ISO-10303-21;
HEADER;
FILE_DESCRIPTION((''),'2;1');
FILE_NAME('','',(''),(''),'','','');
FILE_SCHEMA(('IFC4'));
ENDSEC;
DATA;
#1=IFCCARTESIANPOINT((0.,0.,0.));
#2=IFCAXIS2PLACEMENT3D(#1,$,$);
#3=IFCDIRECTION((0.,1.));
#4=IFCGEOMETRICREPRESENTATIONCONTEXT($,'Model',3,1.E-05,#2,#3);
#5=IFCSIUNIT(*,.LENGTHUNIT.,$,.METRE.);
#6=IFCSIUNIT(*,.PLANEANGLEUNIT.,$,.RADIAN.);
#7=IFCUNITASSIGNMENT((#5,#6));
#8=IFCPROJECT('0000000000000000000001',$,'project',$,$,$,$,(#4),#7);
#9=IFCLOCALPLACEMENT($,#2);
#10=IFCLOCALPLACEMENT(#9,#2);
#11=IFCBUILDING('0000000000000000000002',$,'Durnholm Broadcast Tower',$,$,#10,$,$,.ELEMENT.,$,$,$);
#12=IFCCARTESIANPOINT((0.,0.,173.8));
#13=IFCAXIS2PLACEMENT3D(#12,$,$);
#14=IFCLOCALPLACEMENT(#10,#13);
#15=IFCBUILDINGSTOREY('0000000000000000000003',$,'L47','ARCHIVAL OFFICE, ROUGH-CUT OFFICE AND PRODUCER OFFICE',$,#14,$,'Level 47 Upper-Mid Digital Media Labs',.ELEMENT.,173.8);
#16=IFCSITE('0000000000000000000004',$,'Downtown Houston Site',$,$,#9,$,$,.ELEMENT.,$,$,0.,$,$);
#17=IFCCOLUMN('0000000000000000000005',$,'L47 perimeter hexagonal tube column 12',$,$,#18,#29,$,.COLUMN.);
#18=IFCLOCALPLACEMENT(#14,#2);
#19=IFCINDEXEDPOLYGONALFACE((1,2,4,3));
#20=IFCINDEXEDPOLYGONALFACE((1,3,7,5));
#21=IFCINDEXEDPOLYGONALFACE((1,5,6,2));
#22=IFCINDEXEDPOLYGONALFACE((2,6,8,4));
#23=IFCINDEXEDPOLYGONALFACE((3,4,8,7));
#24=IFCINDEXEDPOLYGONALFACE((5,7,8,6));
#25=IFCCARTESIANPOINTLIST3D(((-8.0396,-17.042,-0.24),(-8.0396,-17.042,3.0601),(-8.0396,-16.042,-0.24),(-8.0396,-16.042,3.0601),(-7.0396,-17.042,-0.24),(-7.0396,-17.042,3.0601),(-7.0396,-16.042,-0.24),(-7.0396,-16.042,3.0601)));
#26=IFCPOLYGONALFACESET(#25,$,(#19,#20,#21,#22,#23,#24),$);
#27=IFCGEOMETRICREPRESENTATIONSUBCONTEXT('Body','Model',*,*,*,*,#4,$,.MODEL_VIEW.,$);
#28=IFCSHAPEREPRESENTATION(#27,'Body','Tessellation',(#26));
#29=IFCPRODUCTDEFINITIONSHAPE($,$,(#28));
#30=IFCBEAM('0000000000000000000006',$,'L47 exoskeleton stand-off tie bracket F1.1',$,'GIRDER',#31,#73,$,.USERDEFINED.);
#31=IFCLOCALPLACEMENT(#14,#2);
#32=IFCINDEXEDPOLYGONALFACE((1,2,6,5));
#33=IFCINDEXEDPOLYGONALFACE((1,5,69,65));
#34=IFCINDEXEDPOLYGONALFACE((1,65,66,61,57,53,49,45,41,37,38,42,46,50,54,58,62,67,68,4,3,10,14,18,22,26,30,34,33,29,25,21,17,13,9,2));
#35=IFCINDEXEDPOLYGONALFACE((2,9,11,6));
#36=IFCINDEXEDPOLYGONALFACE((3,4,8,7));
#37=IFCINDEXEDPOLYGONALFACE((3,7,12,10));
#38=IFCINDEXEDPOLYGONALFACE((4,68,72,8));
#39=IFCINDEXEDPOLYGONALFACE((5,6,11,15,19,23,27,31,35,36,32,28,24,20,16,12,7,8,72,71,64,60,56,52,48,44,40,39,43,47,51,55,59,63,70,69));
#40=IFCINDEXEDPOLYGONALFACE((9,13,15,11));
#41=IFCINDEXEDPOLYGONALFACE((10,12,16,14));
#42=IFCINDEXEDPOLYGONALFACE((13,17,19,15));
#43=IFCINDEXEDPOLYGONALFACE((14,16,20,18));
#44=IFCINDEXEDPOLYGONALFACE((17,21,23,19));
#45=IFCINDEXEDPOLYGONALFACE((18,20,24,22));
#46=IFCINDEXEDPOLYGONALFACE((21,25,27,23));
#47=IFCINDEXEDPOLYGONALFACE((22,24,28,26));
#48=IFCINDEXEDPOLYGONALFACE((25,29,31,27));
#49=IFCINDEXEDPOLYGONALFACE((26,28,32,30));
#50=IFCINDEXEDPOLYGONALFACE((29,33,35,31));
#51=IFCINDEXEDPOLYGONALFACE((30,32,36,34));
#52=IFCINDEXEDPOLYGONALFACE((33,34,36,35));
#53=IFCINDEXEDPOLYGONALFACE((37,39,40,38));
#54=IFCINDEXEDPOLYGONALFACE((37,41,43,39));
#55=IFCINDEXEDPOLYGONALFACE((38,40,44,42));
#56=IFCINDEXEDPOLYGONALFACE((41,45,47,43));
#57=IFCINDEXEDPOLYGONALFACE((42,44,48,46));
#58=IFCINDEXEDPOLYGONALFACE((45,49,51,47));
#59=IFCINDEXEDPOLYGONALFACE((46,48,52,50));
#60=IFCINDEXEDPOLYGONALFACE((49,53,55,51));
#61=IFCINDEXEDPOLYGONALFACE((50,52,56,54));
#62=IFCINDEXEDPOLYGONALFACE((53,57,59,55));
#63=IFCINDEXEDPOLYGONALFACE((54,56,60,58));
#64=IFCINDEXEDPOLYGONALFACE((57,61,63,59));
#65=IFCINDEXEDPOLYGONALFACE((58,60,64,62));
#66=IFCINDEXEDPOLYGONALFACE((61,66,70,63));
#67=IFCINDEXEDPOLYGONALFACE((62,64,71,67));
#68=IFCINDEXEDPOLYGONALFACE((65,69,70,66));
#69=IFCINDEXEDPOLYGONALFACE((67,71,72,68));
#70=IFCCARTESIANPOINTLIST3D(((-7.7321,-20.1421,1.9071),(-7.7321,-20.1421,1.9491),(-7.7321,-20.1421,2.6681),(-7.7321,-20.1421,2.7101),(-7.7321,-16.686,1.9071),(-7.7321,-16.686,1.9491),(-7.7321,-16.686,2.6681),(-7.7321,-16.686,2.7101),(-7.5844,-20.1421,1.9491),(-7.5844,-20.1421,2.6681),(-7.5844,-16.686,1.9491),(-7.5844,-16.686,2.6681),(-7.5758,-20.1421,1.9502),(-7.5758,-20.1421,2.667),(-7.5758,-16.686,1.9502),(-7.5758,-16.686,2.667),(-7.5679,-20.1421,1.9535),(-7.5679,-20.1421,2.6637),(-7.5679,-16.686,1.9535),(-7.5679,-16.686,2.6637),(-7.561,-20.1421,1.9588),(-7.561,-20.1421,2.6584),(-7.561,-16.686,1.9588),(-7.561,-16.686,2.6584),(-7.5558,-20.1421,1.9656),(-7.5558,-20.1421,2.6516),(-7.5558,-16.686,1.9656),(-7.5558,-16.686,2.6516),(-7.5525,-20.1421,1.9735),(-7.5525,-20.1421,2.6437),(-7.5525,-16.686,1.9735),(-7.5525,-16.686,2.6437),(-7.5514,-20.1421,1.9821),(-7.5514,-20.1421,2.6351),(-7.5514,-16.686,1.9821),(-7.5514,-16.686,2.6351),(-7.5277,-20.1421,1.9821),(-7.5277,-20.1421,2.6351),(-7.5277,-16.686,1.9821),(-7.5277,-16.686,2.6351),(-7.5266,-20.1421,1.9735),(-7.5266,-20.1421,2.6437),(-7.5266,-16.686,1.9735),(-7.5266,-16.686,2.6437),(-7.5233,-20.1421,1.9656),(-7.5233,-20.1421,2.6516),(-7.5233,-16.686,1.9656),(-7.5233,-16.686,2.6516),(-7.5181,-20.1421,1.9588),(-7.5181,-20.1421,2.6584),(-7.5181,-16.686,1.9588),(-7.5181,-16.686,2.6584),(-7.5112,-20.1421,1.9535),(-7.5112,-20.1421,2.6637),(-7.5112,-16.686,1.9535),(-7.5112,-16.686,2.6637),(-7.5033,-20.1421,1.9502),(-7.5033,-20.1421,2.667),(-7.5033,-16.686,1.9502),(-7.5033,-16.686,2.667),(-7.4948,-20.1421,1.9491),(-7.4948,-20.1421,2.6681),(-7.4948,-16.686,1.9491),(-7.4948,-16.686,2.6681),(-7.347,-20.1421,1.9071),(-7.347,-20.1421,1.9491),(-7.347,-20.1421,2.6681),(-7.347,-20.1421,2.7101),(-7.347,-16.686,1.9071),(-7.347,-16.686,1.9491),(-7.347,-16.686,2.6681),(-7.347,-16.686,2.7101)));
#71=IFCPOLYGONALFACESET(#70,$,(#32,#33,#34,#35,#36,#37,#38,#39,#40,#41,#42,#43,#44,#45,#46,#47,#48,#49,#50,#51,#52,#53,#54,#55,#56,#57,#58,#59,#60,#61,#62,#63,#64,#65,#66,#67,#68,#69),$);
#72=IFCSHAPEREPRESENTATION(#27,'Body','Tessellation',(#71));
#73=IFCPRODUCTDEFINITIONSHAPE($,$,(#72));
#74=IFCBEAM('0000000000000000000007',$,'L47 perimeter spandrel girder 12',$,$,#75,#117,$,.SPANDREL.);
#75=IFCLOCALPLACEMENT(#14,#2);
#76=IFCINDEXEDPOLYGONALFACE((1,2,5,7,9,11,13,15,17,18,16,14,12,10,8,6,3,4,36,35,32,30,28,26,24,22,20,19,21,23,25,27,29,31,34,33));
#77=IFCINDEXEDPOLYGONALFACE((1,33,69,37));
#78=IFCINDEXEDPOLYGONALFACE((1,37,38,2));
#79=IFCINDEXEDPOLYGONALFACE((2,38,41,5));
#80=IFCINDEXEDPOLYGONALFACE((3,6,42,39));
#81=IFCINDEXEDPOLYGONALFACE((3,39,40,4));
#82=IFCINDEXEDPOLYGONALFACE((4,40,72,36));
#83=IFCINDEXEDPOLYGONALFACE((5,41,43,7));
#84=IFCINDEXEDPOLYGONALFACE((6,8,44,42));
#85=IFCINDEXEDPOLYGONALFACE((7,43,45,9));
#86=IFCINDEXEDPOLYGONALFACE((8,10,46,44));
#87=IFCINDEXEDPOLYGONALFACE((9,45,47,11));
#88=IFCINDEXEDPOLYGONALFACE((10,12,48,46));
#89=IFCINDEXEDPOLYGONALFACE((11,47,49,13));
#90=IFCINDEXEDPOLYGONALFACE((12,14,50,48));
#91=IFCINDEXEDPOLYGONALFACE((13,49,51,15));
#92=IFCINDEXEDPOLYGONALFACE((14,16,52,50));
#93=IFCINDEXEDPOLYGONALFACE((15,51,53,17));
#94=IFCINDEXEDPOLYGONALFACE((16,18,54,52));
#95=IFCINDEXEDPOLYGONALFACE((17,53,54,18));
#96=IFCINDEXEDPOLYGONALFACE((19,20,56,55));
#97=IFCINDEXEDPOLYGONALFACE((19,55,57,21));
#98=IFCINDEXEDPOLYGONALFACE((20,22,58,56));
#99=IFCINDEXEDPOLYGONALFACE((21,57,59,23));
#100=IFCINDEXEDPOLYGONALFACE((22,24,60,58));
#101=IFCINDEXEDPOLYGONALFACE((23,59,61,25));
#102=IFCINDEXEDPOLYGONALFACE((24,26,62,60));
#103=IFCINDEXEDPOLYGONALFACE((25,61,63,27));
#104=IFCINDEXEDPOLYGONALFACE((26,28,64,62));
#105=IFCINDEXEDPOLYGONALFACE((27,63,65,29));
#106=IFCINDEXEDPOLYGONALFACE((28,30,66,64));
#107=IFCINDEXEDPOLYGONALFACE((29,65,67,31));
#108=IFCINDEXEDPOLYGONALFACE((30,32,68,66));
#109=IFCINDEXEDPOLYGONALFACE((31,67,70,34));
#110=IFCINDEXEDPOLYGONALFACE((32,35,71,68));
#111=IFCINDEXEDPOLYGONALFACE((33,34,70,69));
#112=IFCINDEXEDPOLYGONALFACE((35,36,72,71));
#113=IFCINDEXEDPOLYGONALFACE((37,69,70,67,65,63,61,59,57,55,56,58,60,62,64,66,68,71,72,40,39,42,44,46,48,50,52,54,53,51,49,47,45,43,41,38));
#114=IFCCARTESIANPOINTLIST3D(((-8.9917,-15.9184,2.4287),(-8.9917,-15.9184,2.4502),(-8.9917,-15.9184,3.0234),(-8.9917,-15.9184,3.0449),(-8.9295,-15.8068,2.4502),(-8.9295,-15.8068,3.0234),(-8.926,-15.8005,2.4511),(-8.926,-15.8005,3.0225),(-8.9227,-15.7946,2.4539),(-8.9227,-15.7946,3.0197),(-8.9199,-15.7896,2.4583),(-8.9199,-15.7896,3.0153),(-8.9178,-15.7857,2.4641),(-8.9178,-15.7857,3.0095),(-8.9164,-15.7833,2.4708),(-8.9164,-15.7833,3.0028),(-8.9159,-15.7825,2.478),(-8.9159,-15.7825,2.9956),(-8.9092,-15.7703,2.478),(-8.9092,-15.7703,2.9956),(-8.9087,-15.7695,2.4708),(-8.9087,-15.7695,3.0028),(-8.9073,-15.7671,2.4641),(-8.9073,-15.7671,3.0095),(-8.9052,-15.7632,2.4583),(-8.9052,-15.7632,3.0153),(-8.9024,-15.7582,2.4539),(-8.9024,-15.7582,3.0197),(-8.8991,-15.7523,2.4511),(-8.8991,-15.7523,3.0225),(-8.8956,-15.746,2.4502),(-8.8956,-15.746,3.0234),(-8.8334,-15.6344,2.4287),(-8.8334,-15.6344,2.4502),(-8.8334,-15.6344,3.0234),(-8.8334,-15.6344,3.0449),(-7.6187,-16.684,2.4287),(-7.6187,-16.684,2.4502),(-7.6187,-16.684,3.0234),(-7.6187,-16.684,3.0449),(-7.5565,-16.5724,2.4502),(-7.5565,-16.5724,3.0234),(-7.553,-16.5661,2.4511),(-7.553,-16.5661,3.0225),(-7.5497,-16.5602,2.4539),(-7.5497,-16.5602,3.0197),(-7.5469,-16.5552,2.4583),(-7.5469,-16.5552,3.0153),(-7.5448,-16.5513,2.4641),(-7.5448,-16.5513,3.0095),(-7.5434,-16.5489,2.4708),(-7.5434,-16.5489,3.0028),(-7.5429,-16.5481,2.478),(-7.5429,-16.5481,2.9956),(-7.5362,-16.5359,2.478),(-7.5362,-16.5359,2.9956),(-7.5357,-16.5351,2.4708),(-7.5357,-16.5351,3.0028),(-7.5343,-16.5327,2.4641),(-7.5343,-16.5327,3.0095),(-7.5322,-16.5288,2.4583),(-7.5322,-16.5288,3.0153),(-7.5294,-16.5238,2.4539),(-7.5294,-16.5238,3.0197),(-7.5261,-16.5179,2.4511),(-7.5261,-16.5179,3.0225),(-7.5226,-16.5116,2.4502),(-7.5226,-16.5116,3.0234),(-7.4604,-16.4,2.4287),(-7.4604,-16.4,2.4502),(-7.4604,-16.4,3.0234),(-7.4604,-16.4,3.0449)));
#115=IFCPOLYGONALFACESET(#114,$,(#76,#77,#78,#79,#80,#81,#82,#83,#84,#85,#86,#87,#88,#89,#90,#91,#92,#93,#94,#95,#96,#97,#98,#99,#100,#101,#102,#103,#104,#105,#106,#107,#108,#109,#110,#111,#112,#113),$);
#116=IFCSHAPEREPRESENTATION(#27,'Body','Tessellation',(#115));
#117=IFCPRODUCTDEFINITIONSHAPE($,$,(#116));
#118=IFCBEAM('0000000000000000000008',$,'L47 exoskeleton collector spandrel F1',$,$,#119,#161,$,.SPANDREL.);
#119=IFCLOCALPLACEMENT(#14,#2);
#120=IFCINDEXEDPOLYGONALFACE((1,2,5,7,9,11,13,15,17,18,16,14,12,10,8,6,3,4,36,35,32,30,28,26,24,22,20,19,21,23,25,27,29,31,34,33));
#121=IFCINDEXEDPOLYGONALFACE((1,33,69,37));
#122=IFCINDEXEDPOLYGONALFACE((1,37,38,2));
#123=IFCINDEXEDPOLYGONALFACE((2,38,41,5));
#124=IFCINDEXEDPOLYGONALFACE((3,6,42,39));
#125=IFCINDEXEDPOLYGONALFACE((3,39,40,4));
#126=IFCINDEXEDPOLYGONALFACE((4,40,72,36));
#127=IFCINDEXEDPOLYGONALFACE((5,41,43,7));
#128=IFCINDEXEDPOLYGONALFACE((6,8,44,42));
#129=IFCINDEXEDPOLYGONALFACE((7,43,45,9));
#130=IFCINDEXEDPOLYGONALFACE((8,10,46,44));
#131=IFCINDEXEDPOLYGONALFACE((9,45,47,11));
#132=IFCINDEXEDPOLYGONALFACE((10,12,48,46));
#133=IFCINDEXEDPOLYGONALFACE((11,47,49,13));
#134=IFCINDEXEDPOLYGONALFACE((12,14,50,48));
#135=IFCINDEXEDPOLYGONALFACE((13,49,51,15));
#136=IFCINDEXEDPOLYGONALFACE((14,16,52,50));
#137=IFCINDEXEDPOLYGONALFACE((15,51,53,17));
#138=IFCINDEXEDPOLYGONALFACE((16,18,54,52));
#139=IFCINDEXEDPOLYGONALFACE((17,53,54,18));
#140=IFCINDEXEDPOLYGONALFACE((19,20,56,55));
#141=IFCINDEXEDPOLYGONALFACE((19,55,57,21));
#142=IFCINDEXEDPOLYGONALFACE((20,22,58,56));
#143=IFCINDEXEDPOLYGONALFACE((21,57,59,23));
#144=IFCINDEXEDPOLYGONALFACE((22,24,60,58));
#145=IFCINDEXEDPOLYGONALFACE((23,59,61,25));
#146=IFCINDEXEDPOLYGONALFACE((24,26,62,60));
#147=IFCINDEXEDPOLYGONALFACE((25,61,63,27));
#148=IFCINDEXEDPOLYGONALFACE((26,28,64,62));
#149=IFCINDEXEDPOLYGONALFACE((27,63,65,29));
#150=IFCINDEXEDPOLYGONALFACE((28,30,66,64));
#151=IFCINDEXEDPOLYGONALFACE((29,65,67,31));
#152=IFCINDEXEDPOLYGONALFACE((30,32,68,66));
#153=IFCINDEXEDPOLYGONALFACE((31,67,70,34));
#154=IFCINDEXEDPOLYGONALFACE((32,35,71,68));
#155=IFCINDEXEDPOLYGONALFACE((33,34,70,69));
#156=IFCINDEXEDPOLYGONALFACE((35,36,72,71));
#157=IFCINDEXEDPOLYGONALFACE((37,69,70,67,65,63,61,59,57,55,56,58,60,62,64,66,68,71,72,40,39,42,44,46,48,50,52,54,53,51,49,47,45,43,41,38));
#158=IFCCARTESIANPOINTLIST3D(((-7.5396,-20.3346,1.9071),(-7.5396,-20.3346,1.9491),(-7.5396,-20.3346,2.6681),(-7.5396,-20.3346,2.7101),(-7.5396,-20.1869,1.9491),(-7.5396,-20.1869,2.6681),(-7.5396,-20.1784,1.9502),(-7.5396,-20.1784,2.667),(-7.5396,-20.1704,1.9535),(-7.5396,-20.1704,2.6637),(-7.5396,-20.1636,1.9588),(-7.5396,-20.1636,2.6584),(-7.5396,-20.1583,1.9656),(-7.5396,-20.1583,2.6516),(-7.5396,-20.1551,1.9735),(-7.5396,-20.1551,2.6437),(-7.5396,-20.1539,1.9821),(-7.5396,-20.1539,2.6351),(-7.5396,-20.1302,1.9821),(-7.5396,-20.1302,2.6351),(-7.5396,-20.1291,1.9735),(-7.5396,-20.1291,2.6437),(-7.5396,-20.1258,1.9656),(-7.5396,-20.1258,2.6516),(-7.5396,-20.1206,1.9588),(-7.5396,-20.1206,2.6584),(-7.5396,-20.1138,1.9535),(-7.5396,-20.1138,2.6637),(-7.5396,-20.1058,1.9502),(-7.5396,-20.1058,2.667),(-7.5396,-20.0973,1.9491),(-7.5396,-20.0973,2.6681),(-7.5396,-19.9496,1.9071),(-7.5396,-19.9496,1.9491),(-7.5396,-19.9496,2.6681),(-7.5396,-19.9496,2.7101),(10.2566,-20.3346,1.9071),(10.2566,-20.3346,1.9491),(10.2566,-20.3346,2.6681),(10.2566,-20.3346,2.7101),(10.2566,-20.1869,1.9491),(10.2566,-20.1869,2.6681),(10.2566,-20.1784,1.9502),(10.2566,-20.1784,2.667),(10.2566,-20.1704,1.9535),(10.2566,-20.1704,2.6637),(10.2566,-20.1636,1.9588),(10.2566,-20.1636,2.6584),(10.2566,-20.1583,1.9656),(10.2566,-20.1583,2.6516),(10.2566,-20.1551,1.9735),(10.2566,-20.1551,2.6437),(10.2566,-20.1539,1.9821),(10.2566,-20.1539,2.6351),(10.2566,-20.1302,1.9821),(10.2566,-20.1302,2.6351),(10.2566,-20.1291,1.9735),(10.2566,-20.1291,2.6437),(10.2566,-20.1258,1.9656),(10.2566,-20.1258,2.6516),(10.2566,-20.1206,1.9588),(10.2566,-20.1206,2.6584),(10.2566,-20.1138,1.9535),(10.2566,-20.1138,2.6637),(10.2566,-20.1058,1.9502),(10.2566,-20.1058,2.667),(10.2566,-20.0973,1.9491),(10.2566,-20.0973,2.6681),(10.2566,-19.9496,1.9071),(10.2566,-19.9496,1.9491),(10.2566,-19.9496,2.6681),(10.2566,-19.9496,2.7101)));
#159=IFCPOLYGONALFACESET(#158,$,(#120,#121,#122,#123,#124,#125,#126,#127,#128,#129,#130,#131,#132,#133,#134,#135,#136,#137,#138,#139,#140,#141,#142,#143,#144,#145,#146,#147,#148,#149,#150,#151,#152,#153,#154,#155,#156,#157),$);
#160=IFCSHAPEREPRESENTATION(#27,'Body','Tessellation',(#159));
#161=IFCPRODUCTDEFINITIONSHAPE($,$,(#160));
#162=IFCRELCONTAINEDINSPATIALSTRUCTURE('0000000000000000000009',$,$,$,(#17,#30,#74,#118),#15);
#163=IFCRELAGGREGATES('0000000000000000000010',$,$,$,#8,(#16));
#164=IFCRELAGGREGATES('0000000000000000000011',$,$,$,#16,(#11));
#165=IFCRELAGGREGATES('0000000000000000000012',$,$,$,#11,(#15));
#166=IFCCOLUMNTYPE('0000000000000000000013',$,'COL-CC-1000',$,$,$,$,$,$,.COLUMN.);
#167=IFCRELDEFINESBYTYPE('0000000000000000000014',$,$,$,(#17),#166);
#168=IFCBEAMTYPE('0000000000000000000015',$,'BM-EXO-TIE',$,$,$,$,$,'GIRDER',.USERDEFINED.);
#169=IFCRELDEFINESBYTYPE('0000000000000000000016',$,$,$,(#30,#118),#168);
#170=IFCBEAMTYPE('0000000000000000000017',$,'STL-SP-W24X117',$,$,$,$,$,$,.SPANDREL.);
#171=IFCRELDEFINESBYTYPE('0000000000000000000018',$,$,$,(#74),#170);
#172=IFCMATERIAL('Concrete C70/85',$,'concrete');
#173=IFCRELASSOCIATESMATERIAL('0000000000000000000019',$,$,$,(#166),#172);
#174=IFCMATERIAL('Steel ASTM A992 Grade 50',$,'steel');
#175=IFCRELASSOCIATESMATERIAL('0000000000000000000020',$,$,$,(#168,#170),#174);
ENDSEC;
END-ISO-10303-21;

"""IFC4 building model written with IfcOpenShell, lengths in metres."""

from ifc_helpers import new_model, si_unit, direction, frame, origin, origin_2d, place, context, subcontext, project, spatial, rectangle, i_section, extrude, source, transform, mapped, material, material_profile, profile_set, type_object, type_shapes, element, save


model = new_model("IFC4")

# Units and contexts
model_context = context("Model", 3, precision=1e-05, world=origin(), true_north=direction((0.0, 1.0)))
body_context = subcontext(model_context, "Body", "Model", "MODEL_VIEW")
ifc_project = project(units=[si_unit("LENGTHUNIT", "METRE"), si_unit("PLANEANGLEUNIT", "RADIAN")], contexts=[model_context])

# Site, building, storey
site_placement = place(None, origin())
site = spatial("IfcSite", under=ifc_project, at=site_placement, Name="Downtown Houston Site", CompositionType="ELEMENT", RefElevation=0.0)
building_placement = place(site_placement, origin())
building = spatial("IfcBuilding", under=site, at=building_placement, Name="Durnholm Broadcast Tower", CompositionType="ELEMENT")
storey_placement = place(building_placement, frame((0.0, 0.0, 173.8)))
storey = spatial("IfcBuildingStorey", under=building, at=storey_placement, Name="L47", Description="ARCHIVAL OFFICE, ROUGH-CUT OFFICE AND PRODUCER OFFICE", LongName="Level 47 Upper-Mid Digital Media Labs", CompositionType="ELEMENT", Elevation=173.8)

# Column
ifc_material_1 = material(Name="Concrete C70/85", Category="concrete")
ifc_material_profile_1 = material_profile(ifc_material_1, rectangle(XDim=1.0, YDim=1.0, at=origin_2d()), Name="RC1000X1000")
ifc_profile_set_1 = profile_set([ifc_material_profile_1], Name="Concrete C70/85")
column_type = type_object("IfcColumnType", Name="COL-CC-1000", PredefinedType="COLUMN", material=ifc_profile_set_1)
shared_shape_1 = source(origin(), body_context, "Body", "SweptSolid", [
    extrude(rectangle(XDim=1.0, YDim=1.0, at=origin_2d()), origin(), (0.0, 0.0, 1.0), 3.3),
])
type_shapes(column_type, [shared_shape_1])
column_placement = place(storey_placement, frame((-7.5396, -16.542, -0.24), z_axis=(0.0, 0.0, 1.0), x_axis=(1.0, 0.0, 0.0)))
element("IfcColumn", 1, at=column_placement, inside=storey, type_object=column_type, Name="L47 perimeter hexagonal tube column 12", PredefinedType="COLUMN", context=body_context, shape_type="MappedRepresentation", body=[
    mapped(shared_shape_1, transform((0.0, 0.0, 0.0), x_axis=(1.0, 0.0, 0.0), y_axis=(0.0, 1.0, 0.0), z_axis=(0.0, 0.0, 1.0), scale=1.0)),
])

# Beams
ifc_material_2 = material(Name="Steel ASTM A992 Grade 50", Category="steel")
ifc_material_profile_2 = material_profile(ifc_material_2, i_section(OverallWidth=0.385, OverallDepth=0.803, WebThickness=0.0237, FlangeThickness=0.042, FilletRadius=0.033, at=origin_2d()), Name="W30X261")
ifc_profile_set_2 = profile_set([ifc_material_profile_2], Name="Steel ASTM A992 Grade 50")
beam_type_1 = type_object("IfcBeamType", Name="BM-EXO-TIE", ElementType="GIRDER", PredefinedType="USERDEFINED", material=ifc_profile_set_2)
shared_shape_2 = source(origin(), body_context, "Body", "SweptSolid", [
    extrude(i_section(OverallWidth=0.385, OverallDepth=0.803, WebThickness=0.0237, FlangeThickness=0.042, FilletRadius=0.033, at=origin_2d()), origin(), (0.0, 0.0, 1.0), 3.4561),
])
beam_1_placement = place(storey_placement, frame((-7.5396, -16.686, 2.3086), z_axis=(0.0, -1.0, 0.0), x_axis=(1.0, 0.0, 0.0)))
element("IfcBeam", 2, at=beam_1_placement, inside=storey, type_object=beam_type_1, Name="L47 exoskeleton stand-off tie bracket F1.1", ObjectType="GIRDER", PredefinedType="USERDEFINED", context=body_context, shape_type="MappedRepresentation", body=[
    mapped(shared_shape_2, transform((0.0, 0.0, 0.0), x_axis=(1.0, 0.0, 0.0), y_axis=(0.0, 1.0, 0.0), z_axis=(0.0, 0.0, 1.0), scale=1.0)),
])
ifc_material_profile_3 = material_profile(ifc_material_2, i_section(OverallWidth=0.3252, OverallDepth=0.6162, WebThickness=0.0139, FlangeThickness=0.0215, FilletRadius=0.0278, at=origin_2d()), Name="W24X117")
ifc_profile_set_3 = profile_set([ifc_material_profile_3], Name="Steel ASTM A992 Grade 50")
beam_type_2 = type_object("IfcBeamType", Name="STL-SP-W24X117", PredefinedType="SPANDREL", material=ifc_profile_set_3)
shared_shape_3 = source(origin(), body_context, "Body", "SweptSolid", [
    extrude(i_section(OverallWidth=0.3252, OverallDepth=0.6162, WebThickness=0.0139, FlangeThickness=0.0215, FilletRadius=0.0278, at=origin_2d()), origin(), (0.0, 0.0, 1.0), 1.572),
])
type_shapes(beam_type_2, [shared_shape_3])
beam_2_placement = place(storey_placement, frame((-7.5396, -16.542, 2.7368), z_axis=(-0.873394, 0.487014, 0.0), x_axis=(-0.487014, -0.873394, 0.0)))
element("IfcBeam", 3, at=beam_2_placement, inside=storey, type_object=beam_type_2, Name="L47 perimeter spandrel girder 12", PredefinedType="SPANDREL", context=body_context, shape_type="MappedRepresentation", body=[
    mapped(shared_shape_3, transform((0.0, 0.0, 0.0), x_axis=(1.0, 0.0, 0.0), y_axis=(0.0, 1.0, 0.0), z_axis=(0.0, 0.0, 1.0), scale=1.0)),
])
shared_shape_4 = source(origin(), body_context, "Body", "SweptSolid", [
    extrude(i_section(OverallWidth=0.385, OverallDepth=0.803, WebThickness=0.0237, FlangeThickness=0.042, FilletRadius=0.033, at=origin_2d()), origin(), (0.0, 0.0, 1.0), 17.7961),
])
type_shapes(beam_type_1, [shared_shape_2, shared_shape_4])
beam_3_placement = place(storey_placement, frame((-7.5396, -20.1421, 2.3086), z_axis=(1.0, 0.0, 0.0), x_axis=(0.0, 1.0, 0.0)))
element("IfcBeam", 4, at=beam_3_placement, inside=storey, type_object=beam_type_1, Name="L47 exoskeleton collector spandrel F1", PredefinedType="SPANDREL", context=body_context, shape_type="MappedRepresentation", body=[
    mapped(shared_shape_4, transform((0.0, 0.0, 0.0), x_axis=(1.0, 0.0, 0.0), y_axis=(0.0, 1.0, 0.0), z_axis=(0.0, 0.0, 1.0), scale=1.0)),
])

save(model, "model.ifc")
